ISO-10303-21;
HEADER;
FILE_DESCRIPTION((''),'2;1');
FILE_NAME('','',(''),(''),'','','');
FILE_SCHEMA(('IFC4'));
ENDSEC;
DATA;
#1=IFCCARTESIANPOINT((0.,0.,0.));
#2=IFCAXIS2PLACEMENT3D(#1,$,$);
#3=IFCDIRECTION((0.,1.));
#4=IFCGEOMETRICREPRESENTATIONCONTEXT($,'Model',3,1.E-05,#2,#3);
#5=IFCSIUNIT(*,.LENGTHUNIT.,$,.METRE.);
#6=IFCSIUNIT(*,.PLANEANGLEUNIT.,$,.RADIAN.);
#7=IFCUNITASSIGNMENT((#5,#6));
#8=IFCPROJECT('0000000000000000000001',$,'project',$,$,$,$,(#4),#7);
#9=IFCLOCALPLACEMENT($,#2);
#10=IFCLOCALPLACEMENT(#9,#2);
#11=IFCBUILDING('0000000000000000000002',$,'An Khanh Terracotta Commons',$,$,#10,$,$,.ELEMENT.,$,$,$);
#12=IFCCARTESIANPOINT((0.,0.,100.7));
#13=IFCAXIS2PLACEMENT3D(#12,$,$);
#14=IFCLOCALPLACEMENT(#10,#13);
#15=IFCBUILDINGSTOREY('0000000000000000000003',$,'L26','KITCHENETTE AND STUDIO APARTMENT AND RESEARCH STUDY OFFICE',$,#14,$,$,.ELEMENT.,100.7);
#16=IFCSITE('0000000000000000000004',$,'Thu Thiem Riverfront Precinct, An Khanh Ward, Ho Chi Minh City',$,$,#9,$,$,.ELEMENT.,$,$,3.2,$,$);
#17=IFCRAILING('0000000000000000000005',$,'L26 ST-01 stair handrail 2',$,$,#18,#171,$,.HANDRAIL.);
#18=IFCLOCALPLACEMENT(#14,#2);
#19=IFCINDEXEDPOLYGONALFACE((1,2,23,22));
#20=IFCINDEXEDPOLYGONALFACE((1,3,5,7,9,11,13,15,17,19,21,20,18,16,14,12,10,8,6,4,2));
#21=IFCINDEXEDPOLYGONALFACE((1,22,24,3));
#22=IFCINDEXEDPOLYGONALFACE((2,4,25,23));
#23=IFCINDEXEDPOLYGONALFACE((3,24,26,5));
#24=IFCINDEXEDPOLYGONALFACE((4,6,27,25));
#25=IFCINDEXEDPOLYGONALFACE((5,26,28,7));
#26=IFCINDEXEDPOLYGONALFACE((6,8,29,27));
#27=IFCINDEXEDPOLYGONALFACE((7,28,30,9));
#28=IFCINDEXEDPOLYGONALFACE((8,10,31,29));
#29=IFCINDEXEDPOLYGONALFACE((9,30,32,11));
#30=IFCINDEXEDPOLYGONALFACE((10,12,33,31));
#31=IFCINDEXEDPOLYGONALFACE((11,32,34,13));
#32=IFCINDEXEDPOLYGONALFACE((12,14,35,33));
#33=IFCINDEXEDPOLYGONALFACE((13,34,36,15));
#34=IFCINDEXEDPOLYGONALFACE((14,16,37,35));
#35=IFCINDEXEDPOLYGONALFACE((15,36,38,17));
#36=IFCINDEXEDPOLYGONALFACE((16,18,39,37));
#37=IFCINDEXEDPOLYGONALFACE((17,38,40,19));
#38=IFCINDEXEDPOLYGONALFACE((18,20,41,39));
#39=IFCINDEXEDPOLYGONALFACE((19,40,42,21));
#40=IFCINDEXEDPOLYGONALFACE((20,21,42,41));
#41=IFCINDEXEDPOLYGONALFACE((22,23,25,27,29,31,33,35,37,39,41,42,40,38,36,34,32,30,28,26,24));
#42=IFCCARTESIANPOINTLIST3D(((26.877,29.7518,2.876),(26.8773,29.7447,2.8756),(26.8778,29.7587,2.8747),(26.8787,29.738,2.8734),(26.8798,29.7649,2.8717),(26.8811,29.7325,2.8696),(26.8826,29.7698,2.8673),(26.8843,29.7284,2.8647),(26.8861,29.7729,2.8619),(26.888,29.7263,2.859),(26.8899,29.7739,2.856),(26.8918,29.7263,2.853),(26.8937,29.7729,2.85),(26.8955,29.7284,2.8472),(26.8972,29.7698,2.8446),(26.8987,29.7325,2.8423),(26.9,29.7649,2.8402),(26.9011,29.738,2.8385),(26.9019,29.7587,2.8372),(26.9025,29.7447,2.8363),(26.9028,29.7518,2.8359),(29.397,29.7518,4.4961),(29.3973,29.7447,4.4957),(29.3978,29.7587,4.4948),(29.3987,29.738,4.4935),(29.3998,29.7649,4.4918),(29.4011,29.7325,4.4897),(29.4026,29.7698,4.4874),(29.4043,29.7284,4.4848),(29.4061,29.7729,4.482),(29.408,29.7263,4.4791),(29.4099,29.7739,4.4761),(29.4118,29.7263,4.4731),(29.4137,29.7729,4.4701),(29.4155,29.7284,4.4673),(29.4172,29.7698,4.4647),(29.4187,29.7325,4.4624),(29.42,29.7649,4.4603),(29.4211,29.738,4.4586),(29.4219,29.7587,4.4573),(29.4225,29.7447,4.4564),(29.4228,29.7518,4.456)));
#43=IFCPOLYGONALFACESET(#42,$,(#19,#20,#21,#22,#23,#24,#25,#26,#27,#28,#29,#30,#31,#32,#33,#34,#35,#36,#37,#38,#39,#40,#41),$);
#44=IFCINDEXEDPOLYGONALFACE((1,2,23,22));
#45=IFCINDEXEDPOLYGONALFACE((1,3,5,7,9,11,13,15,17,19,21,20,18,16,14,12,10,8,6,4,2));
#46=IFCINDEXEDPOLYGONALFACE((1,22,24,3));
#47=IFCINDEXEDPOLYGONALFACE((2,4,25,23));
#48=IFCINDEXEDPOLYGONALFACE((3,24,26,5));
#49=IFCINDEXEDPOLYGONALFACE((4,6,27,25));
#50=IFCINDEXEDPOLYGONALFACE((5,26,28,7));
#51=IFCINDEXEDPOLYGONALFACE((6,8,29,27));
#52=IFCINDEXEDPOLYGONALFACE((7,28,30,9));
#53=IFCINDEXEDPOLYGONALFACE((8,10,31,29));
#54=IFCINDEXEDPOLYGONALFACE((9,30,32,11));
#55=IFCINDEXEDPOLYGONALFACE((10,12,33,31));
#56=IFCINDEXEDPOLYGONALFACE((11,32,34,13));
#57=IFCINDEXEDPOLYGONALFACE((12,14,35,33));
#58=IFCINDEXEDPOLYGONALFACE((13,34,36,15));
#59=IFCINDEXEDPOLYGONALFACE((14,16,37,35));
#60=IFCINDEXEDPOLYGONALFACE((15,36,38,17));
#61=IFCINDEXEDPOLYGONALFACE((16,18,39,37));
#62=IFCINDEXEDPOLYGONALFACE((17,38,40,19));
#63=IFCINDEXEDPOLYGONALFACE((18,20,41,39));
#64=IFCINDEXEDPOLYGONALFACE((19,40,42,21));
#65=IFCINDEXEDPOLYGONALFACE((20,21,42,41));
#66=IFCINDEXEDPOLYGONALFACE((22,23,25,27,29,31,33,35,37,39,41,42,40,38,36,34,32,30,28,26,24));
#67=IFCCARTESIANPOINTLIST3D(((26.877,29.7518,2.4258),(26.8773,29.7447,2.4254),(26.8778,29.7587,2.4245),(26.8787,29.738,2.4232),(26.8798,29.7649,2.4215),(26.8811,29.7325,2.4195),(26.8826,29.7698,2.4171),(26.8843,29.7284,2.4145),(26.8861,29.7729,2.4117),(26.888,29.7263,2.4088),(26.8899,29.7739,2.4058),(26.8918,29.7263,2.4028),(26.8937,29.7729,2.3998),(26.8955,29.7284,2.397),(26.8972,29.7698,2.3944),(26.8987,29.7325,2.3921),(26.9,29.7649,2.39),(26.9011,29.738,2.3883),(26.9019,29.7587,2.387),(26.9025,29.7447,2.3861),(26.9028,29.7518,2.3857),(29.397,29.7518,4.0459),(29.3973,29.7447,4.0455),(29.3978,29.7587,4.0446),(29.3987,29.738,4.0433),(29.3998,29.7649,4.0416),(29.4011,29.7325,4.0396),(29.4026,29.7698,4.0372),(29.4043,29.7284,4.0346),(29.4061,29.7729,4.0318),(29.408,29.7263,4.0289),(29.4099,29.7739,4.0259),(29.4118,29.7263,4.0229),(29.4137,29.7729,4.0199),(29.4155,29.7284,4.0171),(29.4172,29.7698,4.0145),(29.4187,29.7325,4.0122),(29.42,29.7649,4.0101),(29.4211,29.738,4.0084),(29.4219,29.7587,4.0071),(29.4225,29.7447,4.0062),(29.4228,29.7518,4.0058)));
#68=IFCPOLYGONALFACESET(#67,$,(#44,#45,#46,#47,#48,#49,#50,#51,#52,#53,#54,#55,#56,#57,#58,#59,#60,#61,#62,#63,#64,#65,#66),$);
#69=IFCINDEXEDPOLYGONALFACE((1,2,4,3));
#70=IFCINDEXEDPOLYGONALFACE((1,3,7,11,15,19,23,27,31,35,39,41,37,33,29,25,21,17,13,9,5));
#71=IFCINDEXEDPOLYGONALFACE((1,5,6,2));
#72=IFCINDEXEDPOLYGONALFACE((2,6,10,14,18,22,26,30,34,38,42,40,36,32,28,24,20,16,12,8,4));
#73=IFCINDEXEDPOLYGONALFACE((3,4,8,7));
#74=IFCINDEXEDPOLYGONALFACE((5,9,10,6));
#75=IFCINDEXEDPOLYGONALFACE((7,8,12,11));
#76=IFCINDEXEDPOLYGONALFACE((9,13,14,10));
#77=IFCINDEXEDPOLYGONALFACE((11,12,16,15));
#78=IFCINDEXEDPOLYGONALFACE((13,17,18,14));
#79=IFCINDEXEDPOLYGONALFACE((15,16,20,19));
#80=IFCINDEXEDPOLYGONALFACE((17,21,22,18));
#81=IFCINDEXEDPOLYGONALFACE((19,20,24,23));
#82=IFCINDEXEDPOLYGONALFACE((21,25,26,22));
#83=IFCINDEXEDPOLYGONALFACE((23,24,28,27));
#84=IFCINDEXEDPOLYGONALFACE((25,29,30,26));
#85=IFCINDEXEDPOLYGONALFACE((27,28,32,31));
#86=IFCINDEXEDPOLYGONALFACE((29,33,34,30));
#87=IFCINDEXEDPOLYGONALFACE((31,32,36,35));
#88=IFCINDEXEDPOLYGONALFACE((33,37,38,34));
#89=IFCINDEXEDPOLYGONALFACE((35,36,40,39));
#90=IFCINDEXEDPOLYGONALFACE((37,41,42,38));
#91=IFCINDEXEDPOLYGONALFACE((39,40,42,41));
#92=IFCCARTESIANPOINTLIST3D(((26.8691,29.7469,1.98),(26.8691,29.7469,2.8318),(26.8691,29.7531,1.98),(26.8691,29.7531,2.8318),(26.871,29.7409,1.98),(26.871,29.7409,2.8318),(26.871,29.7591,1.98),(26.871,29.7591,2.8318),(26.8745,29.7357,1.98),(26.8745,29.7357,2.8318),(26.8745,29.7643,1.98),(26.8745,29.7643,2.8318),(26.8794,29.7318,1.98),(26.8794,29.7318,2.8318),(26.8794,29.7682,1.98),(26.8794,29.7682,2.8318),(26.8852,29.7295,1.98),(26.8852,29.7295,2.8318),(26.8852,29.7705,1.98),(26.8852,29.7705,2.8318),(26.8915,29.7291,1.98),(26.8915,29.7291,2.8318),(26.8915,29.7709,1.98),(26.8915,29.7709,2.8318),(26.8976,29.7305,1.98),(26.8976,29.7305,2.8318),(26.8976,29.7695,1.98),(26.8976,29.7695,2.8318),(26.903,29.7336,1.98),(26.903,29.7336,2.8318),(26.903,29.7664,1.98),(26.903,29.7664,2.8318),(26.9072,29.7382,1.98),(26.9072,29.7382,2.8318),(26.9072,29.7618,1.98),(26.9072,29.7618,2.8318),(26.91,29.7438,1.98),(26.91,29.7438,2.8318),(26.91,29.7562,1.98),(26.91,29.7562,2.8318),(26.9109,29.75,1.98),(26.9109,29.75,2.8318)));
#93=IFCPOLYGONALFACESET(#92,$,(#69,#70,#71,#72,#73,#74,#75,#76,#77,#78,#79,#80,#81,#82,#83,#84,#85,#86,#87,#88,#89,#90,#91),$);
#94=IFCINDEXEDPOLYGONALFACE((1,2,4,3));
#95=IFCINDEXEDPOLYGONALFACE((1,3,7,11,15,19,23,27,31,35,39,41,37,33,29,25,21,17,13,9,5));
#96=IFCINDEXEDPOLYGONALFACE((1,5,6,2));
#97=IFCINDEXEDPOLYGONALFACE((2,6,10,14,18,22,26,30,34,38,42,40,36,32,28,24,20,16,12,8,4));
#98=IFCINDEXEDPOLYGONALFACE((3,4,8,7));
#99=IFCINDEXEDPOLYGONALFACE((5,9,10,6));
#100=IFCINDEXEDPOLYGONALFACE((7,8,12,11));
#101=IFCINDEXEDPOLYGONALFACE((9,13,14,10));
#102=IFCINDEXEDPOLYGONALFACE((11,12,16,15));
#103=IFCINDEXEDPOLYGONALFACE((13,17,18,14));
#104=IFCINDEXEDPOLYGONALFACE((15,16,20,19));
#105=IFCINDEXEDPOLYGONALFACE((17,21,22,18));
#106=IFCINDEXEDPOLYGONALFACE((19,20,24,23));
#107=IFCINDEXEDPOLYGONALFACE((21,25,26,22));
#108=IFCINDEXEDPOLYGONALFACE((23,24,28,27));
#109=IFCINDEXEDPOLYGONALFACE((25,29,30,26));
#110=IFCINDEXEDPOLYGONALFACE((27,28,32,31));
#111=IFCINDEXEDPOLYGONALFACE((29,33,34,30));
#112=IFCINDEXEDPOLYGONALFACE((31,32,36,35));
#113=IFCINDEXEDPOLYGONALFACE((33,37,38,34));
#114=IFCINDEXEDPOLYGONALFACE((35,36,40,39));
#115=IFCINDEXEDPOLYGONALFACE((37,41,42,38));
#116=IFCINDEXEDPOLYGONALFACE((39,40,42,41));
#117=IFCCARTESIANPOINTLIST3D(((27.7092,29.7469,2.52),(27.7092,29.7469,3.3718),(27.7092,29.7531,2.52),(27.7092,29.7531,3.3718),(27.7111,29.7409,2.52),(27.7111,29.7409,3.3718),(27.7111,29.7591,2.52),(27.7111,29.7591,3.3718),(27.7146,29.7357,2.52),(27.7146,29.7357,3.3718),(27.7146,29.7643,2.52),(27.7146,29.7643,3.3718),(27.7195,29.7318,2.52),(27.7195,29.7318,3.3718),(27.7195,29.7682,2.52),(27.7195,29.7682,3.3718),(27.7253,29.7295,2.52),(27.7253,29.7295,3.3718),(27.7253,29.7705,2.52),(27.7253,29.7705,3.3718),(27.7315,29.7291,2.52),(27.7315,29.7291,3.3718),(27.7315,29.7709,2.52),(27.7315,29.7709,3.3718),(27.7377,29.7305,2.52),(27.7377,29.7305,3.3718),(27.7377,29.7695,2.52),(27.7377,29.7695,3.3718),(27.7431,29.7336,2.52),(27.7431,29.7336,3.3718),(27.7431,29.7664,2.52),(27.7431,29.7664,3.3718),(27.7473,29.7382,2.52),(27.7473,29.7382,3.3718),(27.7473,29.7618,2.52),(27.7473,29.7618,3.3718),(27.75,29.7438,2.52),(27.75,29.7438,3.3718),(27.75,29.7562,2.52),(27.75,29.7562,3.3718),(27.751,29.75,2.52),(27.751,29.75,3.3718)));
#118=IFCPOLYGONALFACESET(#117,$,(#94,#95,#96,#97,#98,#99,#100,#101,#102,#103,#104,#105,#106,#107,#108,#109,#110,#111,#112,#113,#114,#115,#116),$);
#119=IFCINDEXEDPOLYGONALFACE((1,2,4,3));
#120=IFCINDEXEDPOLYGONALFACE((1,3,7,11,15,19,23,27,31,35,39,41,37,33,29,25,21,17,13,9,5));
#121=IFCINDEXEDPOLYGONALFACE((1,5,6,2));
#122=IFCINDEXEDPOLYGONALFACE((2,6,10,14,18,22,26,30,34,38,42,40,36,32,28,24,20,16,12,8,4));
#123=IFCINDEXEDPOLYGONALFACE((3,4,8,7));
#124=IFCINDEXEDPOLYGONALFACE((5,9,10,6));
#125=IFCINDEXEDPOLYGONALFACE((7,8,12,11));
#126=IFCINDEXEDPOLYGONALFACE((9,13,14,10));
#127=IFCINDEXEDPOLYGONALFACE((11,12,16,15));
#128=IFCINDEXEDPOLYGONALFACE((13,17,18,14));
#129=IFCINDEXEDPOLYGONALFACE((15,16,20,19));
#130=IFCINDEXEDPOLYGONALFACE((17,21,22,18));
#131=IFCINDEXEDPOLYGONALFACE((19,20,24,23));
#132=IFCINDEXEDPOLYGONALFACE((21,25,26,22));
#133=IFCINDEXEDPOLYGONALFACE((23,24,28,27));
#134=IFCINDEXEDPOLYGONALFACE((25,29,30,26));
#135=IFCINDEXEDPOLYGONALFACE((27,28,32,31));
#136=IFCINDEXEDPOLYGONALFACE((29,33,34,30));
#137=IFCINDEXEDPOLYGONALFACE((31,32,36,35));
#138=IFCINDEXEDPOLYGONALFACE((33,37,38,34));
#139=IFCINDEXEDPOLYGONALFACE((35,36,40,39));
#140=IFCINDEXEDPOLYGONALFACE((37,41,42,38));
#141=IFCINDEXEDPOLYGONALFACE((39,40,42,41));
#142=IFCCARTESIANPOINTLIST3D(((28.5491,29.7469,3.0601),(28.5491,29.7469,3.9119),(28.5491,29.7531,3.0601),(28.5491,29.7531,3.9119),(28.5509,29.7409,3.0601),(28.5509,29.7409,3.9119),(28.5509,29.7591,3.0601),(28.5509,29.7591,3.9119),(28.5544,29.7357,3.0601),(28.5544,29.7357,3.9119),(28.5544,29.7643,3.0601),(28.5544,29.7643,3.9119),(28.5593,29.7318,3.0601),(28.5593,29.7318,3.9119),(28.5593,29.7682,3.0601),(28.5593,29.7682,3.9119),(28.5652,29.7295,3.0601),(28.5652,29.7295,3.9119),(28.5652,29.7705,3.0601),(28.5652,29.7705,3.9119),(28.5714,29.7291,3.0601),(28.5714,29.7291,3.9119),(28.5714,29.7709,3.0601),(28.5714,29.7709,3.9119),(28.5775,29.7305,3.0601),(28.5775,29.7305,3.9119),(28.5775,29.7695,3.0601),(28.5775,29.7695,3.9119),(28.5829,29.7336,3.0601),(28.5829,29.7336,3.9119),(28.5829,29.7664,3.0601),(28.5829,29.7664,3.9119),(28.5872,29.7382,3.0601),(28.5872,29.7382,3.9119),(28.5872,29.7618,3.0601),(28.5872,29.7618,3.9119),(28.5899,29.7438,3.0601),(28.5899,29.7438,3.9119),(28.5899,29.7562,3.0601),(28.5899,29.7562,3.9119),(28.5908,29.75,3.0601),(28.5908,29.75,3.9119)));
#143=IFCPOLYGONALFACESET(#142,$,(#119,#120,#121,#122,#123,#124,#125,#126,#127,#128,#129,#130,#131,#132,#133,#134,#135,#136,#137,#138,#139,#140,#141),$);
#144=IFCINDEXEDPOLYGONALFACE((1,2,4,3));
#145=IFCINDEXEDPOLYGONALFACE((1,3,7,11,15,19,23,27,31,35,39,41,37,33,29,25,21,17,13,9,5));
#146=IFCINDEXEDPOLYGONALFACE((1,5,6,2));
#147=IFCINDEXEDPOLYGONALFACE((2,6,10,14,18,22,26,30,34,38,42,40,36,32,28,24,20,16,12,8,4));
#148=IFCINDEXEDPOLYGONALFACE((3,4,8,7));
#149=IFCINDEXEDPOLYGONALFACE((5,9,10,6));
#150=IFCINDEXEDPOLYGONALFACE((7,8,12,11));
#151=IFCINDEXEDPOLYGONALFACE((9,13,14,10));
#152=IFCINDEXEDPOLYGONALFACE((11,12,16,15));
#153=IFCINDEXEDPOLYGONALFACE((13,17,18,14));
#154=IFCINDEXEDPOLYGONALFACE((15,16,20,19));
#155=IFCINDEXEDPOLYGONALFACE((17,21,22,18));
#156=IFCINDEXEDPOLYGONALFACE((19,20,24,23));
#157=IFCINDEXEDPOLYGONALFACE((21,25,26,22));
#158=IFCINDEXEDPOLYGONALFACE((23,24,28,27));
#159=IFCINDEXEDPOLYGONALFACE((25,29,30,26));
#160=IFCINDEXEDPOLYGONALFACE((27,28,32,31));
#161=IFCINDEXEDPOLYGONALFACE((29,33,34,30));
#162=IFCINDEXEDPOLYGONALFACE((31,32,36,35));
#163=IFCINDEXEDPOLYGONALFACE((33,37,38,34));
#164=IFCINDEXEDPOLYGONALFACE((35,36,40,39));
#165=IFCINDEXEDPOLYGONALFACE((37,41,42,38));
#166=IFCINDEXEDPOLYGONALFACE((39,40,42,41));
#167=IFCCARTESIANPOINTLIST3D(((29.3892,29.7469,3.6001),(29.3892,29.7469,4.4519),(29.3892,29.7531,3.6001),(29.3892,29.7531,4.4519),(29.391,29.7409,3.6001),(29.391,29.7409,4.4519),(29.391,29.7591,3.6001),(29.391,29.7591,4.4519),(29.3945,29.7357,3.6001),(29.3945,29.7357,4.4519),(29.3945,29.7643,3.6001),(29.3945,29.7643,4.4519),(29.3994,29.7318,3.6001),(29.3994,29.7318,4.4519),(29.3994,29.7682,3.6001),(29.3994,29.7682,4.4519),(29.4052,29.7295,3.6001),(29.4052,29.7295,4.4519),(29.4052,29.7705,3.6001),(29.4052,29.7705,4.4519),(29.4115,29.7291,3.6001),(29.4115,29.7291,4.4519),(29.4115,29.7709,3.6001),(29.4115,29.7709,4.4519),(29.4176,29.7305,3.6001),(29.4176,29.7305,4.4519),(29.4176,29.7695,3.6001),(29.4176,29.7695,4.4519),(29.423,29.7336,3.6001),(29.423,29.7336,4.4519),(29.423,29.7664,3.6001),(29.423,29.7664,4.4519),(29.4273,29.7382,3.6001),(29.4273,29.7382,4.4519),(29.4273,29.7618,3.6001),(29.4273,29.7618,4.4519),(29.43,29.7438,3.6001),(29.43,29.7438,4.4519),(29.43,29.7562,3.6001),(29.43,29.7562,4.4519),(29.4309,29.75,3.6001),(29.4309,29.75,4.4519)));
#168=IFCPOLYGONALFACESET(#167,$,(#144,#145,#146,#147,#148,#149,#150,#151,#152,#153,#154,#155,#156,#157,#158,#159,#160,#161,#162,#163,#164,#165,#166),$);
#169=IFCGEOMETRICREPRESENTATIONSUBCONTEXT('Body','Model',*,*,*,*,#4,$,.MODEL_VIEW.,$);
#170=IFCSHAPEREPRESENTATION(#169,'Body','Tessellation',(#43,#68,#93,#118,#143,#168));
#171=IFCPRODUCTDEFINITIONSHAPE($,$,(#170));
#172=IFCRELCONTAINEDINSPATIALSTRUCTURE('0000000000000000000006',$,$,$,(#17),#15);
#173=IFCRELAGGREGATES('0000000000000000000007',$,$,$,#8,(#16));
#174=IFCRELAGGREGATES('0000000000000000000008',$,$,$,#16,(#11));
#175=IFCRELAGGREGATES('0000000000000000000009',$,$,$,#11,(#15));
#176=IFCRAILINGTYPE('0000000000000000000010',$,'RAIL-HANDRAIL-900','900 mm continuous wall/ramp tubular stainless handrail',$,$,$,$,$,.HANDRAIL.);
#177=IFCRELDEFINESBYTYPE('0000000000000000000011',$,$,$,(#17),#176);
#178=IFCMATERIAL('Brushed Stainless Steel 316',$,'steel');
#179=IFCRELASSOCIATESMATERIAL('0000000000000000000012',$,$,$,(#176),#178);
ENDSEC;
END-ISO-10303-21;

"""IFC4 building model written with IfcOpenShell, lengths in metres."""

from ifc_helpers import new_model, si_unit, direction, frame, origin, origin_2d, place, context, subcontext, project, spatial, circle, extrude, material, type_object, element, save


model = new_model("IFC4")

# Units and contexts
model_context = context("Model", 3, precision=1e-05, world=origin(), true_north=direction((0.0, 1.0)))
body_context = subcontext(model_context, "Body", "Model", "MODEL_VIEW")
ifc_project = project(units=[si_unit("LENGTHUNIT", "METRE"), si_unit("PLANEANGLEUNIT", "RADIAN")], contexts=[model_context])

# Site, building, storey
site_placement = place(None, origin())
site = spatial("IfcSite", under=ifc_project, at=site_placement, Name="Thu Thiem Riverfront Precinct, An Khanh Ward, Ho Chi Minh City", CompositionType="ELEMENT", RefElevation=3.2)
building_placement = place(site_placement, origin())
building = spatial("IfcBuilding", under=site, at=building_placement, Name="An Khanh Terracotta Commons", CompositionType="ELEMENT")
storey_placement = place(building_placement, frame((0.0, 0.0, 100.7)))
storey = spatial("IfcBuildingStorey", under=building, at=storey_placement, Name="L26", Description="KITCHENETTE AND STUDIO APARTMENT AND RESEARCH STUDY OFFICE", CompositionType="ELEMENT", Elevation=100.7)

# Railing
ifc_material_1 = material(Name="Brushed Stainless Steel 316", Category="steel")
railing_type_1 = type_object("IfcRailingType", Name="RAIL-HANDRAIL-900", Description="900 mm continuous wall/ramp tubular stainless handrail", PredefinedType="HANDRAIL", material=ifc_material_1)
railing_1_placement = place(storey_placement, frame((26.8899, 29.75, 1.98)))
element("IfcRailing", 1, at=railing_1_placement, inside=storey, type_object=railing_type_1, Name="L26 ST-01 stair handrail 2", PredefinedType="HANDRAIL", context=body_context, shape_type="SweptSolid", body=[
    extrude(circle(Radius=0.0239, at=origin_2d()), frame((0.0, 0.0, 0.876), z_axis=(0.841163, 0.0, 0.540782), x_axis=(0.0, 1.0, 0.0)), (0.0, 0.0, 1.0), 2.9958),
    extrude(circle(Radius=0.0239, at=origin_2d()), frame((0.0, 0.0, 0.4258), z_axis=(0.841163, 0.0, 0.540782), x_axis=(0.0, 1.0, 0.0)), (0.0, 0.0, 1.0), 2.9958),
    extrude(circle(Radius=0.021, at=origin_2d()), origin(), (0.0, 0.0, 1.0), 0.8518),
    extrude(circle(Radius=0.021, at=origin_2d()), frame((0.8401, 0.0, 0.54)), (0.0, 0.0, 1.0), 0.8518),
    extrude(circle(Radius=0.021, at=origin_2d()), frame((1.6799, 0.0, 1.0801)), (0.0, 0.0, 1.0), 0.8518),
    extrude(circle(Radius=0.021, at=origin_2d()), frame((2.52, 0.0, 1.6201)), (0.0, 0.0, 1.0), 0.8518),
])

save(model, "model.ifc")
